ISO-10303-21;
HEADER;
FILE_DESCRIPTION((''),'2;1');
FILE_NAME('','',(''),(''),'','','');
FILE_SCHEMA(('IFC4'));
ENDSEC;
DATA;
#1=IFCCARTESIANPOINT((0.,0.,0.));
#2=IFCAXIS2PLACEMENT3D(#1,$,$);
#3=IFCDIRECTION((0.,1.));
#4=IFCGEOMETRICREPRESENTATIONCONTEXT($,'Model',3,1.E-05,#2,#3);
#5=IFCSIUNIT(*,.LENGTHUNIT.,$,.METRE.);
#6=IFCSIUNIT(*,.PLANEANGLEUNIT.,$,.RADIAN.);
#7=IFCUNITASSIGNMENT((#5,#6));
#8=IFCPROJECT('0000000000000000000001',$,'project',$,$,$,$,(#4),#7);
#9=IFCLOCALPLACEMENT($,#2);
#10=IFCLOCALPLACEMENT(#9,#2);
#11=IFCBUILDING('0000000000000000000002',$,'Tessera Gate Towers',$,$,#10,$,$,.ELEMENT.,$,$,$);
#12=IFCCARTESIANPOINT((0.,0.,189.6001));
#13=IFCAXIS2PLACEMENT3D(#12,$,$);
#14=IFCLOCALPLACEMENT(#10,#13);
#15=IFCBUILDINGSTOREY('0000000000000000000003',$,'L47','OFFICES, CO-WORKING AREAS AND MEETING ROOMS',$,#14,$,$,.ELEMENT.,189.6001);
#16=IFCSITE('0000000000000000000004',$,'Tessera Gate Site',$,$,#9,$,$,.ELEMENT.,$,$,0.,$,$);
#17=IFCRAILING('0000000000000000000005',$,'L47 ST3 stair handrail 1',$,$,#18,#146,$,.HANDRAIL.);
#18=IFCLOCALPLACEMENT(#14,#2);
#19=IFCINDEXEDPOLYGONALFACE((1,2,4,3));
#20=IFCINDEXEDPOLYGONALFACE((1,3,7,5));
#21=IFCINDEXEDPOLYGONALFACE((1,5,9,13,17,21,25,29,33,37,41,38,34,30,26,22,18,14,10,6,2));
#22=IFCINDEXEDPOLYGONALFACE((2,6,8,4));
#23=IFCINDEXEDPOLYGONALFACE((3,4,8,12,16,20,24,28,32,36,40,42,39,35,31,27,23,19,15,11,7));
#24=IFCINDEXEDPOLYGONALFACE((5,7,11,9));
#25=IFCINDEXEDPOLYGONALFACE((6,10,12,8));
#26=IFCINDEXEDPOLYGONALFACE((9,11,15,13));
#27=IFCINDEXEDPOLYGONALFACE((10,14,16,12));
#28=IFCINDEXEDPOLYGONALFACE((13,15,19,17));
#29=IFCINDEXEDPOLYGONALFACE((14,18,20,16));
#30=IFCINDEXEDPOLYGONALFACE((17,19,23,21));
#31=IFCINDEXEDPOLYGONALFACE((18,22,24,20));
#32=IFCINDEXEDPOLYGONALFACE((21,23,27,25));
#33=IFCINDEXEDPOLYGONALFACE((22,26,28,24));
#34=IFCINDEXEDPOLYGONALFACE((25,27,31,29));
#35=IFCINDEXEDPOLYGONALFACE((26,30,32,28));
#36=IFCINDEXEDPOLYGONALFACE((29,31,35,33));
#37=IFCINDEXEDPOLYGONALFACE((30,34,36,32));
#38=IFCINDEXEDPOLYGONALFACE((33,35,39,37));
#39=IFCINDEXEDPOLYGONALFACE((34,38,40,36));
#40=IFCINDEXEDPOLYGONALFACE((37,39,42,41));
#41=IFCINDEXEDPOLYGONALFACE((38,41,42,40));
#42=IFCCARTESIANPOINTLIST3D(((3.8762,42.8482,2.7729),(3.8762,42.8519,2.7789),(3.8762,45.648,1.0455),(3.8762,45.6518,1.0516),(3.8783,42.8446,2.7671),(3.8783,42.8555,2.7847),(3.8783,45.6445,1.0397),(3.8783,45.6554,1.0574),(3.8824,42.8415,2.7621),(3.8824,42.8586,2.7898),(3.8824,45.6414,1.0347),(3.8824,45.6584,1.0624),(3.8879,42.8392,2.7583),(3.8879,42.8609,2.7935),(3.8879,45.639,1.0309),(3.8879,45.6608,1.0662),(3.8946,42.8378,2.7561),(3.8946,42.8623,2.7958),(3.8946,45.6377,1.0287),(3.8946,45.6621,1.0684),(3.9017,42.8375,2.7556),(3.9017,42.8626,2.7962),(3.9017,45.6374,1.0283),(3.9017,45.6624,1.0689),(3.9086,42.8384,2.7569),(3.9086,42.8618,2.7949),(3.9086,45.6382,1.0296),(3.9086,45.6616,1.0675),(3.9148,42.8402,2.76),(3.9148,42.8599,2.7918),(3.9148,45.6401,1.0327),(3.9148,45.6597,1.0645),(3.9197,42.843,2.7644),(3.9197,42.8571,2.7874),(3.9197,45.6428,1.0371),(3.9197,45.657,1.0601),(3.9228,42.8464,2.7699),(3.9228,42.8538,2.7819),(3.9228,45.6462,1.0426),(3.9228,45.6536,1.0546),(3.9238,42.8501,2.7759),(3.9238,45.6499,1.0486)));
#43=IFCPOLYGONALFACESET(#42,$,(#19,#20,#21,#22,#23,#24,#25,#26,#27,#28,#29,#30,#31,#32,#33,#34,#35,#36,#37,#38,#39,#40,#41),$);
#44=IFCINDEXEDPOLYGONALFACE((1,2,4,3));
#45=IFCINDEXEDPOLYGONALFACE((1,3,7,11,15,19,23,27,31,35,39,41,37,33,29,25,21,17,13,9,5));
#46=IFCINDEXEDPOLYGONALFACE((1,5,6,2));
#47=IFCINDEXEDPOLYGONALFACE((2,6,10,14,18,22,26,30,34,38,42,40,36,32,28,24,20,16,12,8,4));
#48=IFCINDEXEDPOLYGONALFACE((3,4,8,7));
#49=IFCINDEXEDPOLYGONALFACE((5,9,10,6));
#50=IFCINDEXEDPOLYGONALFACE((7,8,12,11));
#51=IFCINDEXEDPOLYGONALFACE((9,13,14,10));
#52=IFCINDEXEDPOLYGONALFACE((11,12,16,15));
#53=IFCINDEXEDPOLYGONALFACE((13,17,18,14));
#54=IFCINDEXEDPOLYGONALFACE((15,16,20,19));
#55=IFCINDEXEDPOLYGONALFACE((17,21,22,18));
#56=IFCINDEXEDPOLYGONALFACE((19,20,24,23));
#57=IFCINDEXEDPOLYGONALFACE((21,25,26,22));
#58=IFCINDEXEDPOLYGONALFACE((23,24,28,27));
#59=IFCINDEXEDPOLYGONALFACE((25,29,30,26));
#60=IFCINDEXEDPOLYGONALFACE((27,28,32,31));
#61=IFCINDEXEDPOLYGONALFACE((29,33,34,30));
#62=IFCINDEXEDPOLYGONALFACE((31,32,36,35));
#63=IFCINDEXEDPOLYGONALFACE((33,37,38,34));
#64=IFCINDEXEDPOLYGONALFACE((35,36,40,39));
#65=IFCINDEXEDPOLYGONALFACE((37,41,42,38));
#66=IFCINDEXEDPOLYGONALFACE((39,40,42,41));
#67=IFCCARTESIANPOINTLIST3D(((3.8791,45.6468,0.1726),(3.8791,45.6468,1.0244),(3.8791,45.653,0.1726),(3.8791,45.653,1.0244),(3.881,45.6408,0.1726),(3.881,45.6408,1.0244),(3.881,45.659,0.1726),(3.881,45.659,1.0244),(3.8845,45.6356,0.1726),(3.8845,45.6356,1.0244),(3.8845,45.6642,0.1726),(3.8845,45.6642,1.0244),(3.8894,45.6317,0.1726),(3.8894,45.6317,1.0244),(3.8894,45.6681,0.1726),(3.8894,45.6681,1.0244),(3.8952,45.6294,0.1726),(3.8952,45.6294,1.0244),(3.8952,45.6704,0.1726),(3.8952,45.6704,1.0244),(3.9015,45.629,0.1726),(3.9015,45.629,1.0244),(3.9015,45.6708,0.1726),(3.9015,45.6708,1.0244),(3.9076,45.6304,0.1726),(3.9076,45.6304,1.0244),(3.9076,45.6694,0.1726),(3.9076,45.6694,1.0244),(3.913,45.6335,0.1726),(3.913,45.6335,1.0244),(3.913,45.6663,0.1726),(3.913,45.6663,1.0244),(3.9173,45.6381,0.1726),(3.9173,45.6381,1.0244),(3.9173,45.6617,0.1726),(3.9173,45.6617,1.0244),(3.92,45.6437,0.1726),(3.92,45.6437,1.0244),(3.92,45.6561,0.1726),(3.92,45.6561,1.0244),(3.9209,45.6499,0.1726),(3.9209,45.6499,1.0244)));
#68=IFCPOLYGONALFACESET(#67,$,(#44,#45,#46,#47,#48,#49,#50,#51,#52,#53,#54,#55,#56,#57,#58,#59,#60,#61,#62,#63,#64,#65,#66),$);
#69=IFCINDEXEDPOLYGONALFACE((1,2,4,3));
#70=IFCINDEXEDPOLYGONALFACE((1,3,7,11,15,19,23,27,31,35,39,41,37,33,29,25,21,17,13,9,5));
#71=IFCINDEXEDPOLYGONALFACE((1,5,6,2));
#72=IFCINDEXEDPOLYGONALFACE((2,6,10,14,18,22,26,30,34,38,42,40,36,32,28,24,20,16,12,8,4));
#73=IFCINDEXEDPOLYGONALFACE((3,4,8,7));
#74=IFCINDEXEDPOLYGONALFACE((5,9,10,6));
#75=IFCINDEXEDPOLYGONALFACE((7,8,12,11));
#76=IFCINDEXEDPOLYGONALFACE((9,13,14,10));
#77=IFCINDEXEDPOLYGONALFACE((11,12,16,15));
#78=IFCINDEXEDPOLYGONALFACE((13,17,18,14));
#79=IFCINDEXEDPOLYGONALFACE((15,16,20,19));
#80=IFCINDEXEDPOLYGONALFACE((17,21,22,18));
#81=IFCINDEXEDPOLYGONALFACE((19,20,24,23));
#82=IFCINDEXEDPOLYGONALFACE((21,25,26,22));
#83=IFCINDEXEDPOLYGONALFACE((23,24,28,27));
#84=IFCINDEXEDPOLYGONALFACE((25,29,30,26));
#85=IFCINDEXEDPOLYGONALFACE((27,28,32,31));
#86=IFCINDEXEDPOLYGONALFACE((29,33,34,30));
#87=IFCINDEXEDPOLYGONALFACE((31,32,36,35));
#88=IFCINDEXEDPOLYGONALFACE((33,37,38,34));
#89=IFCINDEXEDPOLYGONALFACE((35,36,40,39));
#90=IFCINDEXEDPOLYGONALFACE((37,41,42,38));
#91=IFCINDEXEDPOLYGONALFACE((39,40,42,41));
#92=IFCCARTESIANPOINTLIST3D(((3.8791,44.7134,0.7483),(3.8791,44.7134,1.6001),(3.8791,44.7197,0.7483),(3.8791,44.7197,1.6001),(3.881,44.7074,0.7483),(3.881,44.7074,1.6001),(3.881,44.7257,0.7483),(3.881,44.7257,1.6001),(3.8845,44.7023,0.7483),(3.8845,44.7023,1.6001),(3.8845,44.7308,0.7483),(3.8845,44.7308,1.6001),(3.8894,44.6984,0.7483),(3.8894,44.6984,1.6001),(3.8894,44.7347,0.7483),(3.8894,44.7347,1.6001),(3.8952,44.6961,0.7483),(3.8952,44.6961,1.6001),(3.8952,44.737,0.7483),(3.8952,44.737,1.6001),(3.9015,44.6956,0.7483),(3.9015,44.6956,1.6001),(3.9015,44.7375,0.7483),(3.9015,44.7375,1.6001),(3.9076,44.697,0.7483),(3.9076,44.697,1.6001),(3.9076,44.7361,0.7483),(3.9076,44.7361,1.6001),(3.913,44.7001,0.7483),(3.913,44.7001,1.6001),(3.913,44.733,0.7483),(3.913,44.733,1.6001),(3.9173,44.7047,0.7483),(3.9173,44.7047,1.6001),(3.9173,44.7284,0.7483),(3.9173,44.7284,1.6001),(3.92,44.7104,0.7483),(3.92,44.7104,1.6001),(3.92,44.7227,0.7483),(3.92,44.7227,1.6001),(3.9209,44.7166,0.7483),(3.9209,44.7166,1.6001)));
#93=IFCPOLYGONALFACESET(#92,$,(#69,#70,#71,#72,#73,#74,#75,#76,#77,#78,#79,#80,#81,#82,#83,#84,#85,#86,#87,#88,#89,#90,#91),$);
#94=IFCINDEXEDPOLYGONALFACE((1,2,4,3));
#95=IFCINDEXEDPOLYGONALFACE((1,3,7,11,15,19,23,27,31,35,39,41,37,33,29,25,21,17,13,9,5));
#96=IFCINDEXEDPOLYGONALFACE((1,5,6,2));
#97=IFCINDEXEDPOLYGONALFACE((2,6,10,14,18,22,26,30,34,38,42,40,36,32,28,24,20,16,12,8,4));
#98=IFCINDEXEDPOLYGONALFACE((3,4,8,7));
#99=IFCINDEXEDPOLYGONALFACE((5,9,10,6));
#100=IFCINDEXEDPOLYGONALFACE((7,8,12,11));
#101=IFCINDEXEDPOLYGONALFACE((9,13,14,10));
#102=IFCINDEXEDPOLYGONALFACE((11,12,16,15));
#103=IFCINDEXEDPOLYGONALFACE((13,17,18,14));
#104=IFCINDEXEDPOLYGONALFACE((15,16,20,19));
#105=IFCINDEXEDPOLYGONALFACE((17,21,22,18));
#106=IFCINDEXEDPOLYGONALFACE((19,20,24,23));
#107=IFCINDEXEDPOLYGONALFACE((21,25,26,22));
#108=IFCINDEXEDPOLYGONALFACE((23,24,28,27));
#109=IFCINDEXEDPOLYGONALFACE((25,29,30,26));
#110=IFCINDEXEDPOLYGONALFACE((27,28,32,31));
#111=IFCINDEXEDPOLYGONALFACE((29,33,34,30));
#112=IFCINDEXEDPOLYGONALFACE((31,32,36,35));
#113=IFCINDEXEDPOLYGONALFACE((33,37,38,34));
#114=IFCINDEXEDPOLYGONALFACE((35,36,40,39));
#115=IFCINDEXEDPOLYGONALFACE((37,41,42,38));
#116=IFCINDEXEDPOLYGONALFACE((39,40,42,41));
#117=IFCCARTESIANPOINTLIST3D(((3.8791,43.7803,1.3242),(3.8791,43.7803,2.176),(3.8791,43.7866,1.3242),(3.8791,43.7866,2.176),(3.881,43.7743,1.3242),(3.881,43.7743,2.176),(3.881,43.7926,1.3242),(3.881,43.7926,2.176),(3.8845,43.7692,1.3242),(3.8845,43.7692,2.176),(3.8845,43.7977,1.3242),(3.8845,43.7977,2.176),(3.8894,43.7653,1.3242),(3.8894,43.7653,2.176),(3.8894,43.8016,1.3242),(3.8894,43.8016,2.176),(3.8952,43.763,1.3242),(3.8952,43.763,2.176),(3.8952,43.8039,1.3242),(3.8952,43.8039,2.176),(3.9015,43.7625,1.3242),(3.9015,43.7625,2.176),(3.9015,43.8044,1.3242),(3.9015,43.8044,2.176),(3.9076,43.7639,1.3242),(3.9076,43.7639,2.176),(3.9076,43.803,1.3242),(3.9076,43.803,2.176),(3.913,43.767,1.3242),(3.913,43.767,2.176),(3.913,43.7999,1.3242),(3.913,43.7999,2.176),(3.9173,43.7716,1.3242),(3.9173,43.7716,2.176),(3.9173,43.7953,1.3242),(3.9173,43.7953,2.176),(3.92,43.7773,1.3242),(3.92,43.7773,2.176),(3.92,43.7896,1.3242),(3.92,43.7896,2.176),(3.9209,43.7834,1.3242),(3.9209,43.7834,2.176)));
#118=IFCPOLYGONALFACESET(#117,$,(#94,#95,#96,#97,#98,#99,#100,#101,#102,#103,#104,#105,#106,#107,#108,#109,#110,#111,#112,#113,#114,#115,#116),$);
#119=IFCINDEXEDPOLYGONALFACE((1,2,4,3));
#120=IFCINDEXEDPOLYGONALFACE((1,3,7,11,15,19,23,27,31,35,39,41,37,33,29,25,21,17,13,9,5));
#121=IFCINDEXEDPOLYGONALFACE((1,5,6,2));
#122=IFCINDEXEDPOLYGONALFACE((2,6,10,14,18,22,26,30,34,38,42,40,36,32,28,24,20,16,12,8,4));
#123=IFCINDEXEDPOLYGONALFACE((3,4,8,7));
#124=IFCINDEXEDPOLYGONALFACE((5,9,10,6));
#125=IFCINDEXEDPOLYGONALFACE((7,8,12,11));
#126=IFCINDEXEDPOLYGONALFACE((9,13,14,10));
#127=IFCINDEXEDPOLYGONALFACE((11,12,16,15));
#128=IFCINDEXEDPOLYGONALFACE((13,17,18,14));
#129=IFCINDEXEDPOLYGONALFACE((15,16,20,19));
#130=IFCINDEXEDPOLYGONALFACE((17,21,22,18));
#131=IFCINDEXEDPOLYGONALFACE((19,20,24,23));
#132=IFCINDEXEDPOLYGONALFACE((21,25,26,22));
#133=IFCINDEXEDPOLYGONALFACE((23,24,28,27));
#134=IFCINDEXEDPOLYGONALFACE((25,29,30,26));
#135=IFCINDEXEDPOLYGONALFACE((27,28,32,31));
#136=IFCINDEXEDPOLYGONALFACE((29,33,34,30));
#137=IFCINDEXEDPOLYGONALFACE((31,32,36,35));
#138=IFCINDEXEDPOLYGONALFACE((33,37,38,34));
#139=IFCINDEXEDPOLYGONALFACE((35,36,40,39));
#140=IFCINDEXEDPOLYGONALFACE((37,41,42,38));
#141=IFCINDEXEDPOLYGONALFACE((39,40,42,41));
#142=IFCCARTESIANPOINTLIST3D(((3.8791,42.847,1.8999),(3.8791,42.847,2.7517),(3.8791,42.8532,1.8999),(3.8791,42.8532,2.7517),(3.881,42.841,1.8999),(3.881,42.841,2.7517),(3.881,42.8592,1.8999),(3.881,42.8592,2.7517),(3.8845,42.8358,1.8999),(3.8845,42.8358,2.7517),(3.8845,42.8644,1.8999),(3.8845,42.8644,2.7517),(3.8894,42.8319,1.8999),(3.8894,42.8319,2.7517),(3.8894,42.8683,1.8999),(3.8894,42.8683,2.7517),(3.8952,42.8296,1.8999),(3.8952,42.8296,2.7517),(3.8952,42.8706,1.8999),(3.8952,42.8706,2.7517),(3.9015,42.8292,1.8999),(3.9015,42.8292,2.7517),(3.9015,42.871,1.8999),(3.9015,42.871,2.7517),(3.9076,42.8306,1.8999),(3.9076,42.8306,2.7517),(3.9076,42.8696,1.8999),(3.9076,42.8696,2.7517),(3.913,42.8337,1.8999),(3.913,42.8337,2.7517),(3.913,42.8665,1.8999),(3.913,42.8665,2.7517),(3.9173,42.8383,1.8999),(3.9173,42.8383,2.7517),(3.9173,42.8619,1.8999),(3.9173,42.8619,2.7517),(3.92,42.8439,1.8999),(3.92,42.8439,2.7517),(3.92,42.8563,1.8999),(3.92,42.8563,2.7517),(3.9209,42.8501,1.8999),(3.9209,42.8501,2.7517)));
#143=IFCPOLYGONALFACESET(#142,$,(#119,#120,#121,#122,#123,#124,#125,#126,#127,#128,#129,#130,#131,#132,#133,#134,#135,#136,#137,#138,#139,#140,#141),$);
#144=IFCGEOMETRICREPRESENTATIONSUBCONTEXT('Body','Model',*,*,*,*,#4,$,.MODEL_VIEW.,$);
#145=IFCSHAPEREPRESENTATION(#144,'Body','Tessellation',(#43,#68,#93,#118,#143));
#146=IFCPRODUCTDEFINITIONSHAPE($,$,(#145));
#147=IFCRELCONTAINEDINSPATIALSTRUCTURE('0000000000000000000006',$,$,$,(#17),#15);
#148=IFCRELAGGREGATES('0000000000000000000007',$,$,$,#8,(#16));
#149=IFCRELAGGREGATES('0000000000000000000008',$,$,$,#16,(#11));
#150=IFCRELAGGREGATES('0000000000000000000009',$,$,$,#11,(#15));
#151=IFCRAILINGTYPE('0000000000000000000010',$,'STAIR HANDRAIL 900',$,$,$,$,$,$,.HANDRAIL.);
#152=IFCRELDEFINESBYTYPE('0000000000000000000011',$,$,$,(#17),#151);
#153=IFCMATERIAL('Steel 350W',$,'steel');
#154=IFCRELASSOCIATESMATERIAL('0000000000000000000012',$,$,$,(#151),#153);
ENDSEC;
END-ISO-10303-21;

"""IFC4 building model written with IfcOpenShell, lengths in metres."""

from ifc_helpers import new_model, si_unit, direction, frame, origin, origin_2d, place, context, subcontext, project, spatial, circle, extrude, material, type_object, element, save


model = new_model("IFC4")

# Units and contexts
model_context = context("Model", 3, precision=1e-05, world=origin(), true_north=direction((0.0, 1.0)))
body_context = subcontext(model_context, "Body", "Model", "MODEL_VIEW")
ifc_project = project(units=[si_unit("LENGTHUNIT", "METRE"), si_unit("PLANEANGLEUNIT", "RADIAN")], contexts=[model_context])

# Site, building, storey
site_placement = place(None, origin())
site = spatial("IfcSite", under=ifc_project, at=site_placement, Name="Tessera Gate Site", CompositionType="ELEMENT", RefElevation=0.0)
building_placement = place(site_placement, origin())
building = spatial("IfcBuilding", under=site, at=building_placement, Name="Tessera Gate Towers", CompositionType="ELEMENT")
storey_placement = place(building_placement, frame((0.0, 0.0, 189.6001)))
storey = spatial("IfcBuildingStorey", under=building, at=storey_placement, Name="L47", Description="OFFICES, CO-WORKING AREAS AND MEETING ROOMS", CompositionType="ELEMENT", Elevation=189.6001)

# Railing
ifc_material_1 = material(Name="Steel 350W", Category="steel")
railing_type = type_object("IfcRailingType", Name="STAIR HANDRAIL 900", PredefinedType="HANDRAIL", material=ifc_material_1)
railing_1_placement = place(storey_placement, frame((3.8999, 45.6499, 0.1726)))
element("IfcRailing", 1, at=railing_1_placement, inside=storey, type_object=railing_type, Name="L47 ST3 stair handrail 1", PredefinedType="HANDRAIL", context=body_context, shape_type="SweptSolid", body=[
    extrude(circle(Radius=0.0239, at=origin_2d()), frame((0.0, 0.0, 0.876), z_axis=(0.0, -0.851069, 0.525054), x_axis=(1.0, 0.0, 0.0)), (0.0, 0.0, 1.0), 3.2898),
    extrude(circle(Radius=0.021, at=origin_2d()), origin(), (0.0, 0.0, 1.0), 0.8518),
    extrude(circle(Radius=0.021, at=origin_2d()), frame((0.0, -0.9333, 0.5757)), (0.0, 0.0, 1.0), 0.8518),
    extrude(circle(Radius=0.021, at=origin_2d()), frame((0.0, -1.8665, 1.1516)), (0.0, 0.0, 1.0), 0.8518),
    extrude(circle(Radius=0.021, at=origin_2d()), frame((0.0, -2.7998, 1.7273)), (0.0, 0.0, 1.0), 0.8518),
])

save(model, "model.ifc")
